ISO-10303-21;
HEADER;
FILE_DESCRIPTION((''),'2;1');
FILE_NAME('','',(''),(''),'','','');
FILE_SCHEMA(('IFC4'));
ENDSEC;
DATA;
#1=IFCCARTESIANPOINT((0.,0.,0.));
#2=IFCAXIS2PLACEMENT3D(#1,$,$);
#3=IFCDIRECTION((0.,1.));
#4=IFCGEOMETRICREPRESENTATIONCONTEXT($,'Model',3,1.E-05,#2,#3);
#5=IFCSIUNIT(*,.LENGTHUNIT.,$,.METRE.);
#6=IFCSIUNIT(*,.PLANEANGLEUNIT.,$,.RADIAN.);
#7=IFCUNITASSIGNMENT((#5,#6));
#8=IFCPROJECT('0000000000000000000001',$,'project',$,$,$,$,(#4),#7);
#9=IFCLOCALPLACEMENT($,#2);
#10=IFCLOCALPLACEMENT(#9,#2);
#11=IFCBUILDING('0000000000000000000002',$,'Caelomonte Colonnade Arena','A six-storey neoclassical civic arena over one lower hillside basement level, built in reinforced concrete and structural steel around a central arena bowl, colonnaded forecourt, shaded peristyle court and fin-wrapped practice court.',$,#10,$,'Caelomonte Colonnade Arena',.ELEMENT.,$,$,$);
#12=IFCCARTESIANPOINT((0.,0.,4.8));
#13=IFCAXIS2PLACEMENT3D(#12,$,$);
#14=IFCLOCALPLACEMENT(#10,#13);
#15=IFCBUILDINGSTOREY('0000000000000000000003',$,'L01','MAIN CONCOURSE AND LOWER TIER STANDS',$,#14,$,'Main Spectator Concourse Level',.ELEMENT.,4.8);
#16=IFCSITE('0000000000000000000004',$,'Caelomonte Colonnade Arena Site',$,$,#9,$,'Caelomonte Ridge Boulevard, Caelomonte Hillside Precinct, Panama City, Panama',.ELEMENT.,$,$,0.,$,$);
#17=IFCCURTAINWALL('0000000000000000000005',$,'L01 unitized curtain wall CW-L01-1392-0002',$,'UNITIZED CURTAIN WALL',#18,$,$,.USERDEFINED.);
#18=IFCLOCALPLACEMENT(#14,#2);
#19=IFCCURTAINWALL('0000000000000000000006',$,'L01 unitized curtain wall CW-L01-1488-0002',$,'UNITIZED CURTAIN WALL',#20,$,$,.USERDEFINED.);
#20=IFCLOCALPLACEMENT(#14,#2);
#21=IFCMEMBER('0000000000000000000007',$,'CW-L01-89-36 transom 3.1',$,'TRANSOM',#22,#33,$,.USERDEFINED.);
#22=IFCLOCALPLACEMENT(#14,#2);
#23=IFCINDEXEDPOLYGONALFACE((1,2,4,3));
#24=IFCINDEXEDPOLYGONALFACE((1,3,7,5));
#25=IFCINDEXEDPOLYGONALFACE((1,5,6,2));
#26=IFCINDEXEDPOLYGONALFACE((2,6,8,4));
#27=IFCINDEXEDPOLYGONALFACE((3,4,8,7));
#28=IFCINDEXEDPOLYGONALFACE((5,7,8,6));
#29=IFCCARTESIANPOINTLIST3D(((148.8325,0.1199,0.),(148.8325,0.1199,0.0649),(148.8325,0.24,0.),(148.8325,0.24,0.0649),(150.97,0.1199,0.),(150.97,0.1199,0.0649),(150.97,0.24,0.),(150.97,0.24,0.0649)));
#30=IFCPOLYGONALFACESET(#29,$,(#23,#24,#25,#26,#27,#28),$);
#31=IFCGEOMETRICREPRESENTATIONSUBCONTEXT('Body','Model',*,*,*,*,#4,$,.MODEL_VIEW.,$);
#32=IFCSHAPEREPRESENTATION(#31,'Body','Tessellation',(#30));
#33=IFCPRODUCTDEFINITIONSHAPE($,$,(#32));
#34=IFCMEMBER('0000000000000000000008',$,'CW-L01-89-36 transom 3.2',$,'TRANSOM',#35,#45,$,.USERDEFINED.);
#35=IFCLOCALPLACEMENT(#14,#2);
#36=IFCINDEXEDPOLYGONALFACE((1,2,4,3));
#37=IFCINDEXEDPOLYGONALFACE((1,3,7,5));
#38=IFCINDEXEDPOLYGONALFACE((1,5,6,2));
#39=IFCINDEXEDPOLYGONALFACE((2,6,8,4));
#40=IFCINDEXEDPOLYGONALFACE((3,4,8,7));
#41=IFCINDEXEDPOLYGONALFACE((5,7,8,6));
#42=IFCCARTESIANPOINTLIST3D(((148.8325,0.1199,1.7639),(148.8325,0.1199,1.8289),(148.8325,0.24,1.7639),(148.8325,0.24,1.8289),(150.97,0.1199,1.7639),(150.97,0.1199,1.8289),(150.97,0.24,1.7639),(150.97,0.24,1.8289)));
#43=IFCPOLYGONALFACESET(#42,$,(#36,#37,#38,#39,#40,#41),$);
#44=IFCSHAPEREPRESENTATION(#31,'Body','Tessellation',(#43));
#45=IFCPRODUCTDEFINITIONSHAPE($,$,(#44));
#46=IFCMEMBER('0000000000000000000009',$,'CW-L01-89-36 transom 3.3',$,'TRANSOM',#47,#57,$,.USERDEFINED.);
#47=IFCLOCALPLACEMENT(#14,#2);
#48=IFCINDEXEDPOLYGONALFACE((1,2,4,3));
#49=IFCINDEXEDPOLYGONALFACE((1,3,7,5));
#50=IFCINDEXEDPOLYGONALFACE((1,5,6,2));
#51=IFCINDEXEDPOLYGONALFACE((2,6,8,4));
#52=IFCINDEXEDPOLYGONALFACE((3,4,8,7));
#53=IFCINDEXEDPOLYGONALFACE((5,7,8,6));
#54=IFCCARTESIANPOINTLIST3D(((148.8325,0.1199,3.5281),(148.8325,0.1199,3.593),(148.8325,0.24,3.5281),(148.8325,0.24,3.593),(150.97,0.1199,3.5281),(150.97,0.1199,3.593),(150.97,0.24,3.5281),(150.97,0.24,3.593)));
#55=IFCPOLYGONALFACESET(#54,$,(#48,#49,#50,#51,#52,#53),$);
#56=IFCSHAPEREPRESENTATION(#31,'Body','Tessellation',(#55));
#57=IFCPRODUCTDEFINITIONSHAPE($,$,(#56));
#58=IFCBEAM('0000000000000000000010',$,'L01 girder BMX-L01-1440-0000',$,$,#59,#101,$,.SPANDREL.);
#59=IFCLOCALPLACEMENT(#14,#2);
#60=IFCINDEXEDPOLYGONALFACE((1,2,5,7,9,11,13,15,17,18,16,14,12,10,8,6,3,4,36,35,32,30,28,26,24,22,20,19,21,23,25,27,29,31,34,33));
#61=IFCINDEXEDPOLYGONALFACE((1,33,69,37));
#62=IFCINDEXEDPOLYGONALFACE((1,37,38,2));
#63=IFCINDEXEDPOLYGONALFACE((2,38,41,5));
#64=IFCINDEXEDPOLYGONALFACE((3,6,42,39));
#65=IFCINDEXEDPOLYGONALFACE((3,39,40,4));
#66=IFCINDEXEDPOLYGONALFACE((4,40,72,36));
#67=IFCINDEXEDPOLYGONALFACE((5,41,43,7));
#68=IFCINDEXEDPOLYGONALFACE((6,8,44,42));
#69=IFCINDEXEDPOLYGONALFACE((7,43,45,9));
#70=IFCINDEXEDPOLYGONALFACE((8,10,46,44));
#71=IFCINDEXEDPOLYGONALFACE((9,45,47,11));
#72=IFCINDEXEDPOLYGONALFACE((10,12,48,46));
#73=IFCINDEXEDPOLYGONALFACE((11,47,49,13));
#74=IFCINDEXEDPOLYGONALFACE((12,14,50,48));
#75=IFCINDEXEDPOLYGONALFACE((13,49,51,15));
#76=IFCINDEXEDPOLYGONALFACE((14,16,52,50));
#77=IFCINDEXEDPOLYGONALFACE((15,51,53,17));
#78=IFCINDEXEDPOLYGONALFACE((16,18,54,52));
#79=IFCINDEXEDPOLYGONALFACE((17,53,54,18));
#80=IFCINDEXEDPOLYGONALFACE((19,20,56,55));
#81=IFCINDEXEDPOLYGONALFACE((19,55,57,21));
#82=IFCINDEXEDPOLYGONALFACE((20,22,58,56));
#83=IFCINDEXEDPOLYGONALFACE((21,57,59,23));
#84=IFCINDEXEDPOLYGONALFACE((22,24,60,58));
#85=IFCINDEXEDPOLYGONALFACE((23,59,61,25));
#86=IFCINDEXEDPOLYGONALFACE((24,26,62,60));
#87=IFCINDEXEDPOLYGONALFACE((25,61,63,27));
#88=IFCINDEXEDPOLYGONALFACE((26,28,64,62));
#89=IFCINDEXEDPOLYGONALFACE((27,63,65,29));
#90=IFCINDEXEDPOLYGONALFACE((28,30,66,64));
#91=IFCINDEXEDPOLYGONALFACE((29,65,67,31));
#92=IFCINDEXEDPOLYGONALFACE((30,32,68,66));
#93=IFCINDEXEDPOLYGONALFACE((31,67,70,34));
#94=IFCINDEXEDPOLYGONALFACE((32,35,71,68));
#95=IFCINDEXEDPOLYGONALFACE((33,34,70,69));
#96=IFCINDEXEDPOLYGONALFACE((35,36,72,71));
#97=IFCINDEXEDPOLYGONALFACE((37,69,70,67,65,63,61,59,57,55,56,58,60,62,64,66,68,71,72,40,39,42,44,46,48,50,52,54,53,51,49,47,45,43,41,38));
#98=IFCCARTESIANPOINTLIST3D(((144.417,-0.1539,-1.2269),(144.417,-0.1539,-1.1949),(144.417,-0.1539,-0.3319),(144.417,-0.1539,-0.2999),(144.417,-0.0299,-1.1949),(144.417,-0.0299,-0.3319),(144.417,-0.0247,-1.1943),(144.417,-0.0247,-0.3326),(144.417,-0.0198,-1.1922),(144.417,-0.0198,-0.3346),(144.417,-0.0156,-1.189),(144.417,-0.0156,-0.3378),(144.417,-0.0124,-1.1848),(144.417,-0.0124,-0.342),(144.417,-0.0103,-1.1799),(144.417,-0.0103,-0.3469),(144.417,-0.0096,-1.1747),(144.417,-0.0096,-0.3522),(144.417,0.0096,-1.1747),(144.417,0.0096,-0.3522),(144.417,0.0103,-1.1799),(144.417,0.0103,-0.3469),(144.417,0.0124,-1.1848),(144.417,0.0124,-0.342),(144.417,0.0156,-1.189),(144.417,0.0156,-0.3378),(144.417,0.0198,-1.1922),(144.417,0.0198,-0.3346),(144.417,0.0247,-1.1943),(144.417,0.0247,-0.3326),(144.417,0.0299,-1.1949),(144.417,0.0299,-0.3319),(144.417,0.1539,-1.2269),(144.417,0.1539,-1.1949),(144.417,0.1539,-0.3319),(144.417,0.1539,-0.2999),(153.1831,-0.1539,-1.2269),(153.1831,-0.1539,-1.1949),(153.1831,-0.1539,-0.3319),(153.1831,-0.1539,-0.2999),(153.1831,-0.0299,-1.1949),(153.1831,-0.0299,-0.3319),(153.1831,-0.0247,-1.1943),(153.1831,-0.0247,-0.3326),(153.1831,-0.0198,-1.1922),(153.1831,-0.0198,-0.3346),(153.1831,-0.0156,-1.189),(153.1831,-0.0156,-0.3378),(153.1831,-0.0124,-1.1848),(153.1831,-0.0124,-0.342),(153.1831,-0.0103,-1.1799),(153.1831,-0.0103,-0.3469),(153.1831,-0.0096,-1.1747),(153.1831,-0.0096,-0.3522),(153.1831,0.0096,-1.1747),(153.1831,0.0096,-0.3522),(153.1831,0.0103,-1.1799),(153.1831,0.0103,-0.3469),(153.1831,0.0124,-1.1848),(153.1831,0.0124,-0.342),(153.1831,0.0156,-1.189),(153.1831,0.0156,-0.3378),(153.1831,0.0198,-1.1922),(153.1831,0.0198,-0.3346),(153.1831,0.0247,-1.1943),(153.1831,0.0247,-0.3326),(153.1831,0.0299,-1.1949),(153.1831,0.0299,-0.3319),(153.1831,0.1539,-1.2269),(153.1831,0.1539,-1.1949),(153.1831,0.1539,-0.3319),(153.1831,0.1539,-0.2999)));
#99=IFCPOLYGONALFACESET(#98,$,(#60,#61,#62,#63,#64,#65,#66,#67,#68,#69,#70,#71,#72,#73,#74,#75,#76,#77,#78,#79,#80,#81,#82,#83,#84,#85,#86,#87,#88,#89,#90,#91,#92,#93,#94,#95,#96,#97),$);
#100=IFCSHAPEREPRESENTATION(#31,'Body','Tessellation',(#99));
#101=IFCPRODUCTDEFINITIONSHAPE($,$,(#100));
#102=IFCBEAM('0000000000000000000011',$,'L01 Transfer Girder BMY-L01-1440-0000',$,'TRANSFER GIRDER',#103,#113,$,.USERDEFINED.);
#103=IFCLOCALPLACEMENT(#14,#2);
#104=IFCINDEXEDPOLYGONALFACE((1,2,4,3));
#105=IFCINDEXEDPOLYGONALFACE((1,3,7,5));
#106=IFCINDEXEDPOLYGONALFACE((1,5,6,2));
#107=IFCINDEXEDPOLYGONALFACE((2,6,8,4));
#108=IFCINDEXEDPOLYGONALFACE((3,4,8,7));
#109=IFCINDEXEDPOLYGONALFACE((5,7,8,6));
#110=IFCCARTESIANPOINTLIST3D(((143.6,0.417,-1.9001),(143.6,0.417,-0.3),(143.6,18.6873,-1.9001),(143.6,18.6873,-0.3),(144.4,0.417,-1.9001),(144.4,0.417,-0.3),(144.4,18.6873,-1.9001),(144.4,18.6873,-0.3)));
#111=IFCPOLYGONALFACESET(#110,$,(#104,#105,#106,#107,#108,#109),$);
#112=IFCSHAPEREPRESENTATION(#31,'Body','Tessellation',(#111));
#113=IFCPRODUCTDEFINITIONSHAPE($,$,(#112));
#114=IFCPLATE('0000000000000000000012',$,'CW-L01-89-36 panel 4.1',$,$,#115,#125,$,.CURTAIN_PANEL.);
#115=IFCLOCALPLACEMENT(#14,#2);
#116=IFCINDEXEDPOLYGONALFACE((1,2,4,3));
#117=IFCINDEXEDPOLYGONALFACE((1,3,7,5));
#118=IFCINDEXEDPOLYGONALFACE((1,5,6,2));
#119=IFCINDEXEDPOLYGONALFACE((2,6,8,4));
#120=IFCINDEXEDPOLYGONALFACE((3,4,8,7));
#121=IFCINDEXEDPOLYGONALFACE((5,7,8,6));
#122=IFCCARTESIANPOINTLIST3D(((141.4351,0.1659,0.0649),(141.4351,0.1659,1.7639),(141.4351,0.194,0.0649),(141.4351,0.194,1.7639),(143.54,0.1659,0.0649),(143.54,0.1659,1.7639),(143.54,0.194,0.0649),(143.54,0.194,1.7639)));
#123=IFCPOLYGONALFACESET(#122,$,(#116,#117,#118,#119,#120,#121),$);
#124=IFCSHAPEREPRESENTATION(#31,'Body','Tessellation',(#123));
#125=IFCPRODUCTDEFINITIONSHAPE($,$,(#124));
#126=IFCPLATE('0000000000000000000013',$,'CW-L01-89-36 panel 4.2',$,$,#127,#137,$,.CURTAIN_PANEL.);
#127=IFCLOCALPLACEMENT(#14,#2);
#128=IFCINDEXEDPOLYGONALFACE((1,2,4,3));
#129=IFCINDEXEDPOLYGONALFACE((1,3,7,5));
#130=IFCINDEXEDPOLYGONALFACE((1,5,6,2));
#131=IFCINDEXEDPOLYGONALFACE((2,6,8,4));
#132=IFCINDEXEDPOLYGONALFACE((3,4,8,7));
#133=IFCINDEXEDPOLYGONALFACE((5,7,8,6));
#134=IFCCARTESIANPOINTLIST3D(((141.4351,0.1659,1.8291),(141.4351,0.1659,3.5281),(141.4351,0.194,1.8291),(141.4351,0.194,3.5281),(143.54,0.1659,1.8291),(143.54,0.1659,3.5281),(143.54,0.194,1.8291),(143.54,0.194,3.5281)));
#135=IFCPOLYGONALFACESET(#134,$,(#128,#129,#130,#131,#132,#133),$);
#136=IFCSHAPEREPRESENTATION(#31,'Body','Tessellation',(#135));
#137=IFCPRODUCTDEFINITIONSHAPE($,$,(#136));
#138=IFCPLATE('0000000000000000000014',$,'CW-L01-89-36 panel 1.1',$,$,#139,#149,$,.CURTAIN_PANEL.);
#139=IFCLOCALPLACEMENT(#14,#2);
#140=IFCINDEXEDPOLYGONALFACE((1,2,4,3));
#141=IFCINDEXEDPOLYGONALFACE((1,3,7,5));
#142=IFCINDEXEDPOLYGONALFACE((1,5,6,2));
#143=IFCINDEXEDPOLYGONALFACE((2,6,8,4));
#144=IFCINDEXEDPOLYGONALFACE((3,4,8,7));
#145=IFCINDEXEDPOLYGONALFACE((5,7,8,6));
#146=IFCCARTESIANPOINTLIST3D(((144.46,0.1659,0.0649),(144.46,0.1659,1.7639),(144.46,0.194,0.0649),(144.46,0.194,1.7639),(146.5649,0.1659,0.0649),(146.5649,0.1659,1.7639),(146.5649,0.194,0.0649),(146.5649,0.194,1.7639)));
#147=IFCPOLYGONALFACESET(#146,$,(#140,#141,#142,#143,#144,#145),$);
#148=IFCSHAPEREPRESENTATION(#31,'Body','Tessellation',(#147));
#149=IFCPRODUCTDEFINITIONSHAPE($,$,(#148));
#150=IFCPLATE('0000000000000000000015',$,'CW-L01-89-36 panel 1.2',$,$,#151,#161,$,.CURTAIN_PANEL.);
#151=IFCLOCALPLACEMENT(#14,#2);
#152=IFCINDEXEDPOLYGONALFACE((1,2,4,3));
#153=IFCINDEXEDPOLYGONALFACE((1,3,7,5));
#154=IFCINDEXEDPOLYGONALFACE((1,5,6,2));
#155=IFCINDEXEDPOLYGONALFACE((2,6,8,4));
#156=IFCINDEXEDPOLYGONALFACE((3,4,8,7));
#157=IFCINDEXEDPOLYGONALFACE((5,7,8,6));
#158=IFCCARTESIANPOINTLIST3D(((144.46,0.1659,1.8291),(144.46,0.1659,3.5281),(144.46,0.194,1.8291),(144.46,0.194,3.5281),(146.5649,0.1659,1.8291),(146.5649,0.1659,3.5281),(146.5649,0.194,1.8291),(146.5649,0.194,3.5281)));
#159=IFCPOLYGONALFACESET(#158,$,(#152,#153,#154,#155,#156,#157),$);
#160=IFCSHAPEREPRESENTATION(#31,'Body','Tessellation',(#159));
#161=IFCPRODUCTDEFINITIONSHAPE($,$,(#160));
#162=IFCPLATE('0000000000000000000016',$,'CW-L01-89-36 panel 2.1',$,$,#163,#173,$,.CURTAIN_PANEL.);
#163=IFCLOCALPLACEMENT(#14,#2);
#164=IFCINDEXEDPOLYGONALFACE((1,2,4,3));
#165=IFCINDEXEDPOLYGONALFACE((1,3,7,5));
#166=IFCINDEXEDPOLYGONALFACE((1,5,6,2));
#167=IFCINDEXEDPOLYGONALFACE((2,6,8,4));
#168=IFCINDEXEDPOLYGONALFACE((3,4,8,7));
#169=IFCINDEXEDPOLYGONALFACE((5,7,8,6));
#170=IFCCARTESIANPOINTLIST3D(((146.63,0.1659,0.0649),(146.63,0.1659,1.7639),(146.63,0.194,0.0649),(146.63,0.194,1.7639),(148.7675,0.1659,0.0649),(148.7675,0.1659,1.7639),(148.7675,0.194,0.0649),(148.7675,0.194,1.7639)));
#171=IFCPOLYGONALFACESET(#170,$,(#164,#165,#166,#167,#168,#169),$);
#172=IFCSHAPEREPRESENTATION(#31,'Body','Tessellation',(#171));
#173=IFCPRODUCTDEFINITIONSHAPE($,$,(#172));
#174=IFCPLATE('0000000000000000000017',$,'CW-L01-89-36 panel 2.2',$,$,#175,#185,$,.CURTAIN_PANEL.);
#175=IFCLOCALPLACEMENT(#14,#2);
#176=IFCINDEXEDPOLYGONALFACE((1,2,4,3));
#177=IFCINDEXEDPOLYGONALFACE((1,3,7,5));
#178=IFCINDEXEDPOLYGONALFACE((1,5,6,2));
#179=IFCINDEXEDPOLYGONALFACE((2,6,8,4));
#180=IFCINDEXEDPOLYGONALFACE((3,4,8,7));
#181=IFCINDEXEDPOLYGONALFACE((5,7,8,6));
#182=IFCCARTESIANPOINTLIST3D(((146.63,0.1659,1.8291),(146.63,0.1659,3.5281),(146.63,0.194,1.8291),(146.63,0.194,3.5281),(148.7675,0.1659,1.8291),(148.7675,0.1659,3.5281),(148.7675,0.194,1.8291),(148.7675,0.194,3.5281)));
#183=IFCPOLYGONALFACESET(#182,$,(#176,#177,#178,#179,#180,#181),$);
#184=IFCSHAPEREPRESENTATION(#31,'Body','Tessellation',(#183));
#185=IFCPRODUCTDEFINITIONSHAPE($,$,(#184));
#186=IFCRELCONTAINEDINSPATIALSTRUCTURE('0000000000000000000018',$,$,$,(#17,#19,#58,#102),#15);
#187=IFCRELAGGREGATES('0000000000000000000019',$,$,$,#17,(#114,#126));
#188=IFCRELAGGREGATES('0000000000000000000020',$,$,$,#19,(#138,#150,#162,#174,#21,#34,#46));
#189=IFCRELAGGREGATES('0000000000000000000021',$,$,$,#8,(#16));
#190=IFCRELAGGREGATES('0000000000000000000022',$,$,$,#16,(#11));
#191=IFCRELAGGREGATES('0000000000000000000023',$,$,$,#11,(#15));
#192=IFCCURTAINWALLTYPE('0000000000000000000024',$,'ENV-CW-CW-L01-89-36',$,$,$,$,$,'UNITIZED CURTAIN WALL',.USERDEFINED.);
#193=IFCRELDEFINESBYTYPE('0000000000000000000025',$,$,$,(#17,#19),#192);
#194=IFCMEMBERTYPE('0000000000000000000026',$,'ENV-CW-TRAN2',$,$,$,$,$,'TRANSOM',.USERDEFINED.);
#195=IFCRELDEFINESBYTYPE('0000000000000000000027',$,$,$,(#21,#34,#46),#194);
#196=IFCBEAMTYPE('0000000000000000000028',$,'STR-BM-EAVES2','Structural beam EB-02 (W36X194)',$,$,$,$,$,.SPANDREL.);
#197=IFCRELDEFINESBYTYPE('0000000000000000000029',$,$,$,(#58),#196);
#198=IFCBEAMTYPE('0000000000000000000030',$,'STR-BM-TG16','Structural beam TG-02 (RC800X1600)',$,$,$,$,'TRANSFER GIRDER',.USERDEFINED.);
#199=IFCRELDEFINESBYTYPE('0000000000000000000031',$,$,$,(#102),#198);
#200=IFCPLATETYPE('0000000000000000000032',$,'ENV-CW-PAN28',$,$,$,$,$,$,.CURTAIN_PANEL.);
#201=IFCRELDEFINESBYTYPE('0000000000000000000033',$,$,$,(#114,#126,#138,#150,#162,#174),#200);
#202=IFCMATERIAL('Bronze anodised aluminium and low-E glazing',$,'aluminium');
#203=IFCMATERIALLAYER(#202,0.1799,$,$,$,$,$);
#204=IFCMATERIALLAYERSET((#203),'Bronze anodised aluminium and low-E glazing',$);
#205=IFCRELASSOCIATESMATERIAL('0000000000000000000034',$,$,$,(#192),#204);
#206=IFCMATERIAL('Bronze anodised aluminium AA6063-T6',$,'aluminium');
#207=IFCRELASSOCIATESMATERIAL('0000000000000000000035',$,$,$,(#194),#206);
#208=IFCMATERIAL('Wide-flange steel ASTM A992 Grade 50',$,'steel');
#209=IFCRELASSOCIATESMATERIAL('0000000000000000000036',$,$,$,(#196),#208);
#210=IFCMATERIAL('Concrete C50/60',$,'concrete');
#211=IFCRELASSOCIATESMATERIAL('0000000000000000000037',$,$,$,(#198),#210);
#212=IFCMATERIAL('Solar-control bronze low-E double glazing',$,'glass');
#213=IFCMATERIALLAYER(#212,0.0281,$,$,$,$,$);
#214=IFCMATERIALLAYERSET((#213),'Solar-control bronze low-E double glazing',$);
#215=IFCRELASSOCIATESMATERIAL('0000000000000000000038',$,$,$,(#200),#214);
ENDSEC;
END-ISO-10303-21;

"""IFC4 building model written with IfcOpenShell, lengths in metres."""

from ifc_helpers import new_model, si_unit, direction, frame, origin, origin_2d, place, context, subcontext, project, spatial, rectangle, i_section, extrude, material, layer, layer_set, material_profile, profile_set, type_object, element, aggregate, save


model = new_model("IFC4")

# Units and contexts
model_context = context("Model", 3, precision=1e-05, world=origin(), true_north=direction((0.0, 1.0)))
body_context = subcontext(model_context, "Body", "Model", "MODEL_VIEW")
ifc_project = project(units=[si_unit("LENGTHUNIT", "METRE"), si_unit("PLANEANGLEUNIT", "RADIAN")], contexts=[model_context])

# Site, building, storey
site_placement = place(None, origin())
site = spatial("IfcSite", under=ifc_project, at=site_placement, Name="Caelomonte Colonnade Arena Site", LongName="Caelomonte Ridge Boulevard, Caelomonte Hillside Precinct, Panama City, Panama", CompositionType="ELEMENT", RefElevation=0.0)
building_placement = place(site_placement, origin())
building = spatial("IfcBuilding", under=site, at=building_placement, Name="Caelomonte Colonnade Arena", Description="A six-storey neoclassical civic arena over one lower hillside basement level, built in reinforced concrete and structural steel around a central arena bowl, colonnaded forecourt, shaded peristyle court and fin-wrapped practice court.", LongName="Caelomonte Colonnade Arena", CompositionType="ELEMENT")
storey_placement = place(building_placement, frame((0.0, 0.0, 4.8)))
storey = spatial("IfcBuildingStorey", under=building, at=storey_placement, Name="L01", Description="MAIN CONCOURSE AND LOWER TIER STANDS", LongName="Main Spectator Concourse Level", CompositionType="ELEMENT", Elevation=4.8)

# Curtain wall
ifc_material_1 = material(Name="Bronze anodised aluminium and low-E glazing", Category="aluminium")
ifc_layer_1 = layer(ifc_material_1, 0.1799)
ifc_layer_set_1 = layer_set([ifc_layer_1], Name="Bronze anodised aluminium and low-E glazing")
curtain_wall_type = type_object("IfcCurtainWallType", Name="ENV-CW-CW-L01-89-36", ElementType="UNITIZED CURTAIN WALL", PredefinedType="USERDEFINED", material=ifc_layer_set_1)
curtain_wall_1_placement = place(storey_placement, origin())
curtain_wall_1 = element("IfcCurtainWall", 1, at=curtain_wall_1_placement, inside=storey, type_object=curtain_wall_type, Name="L01 unitized curtain wall CW-L01-1392-0002", ObjectType="UNITIZED CURTAIN WALL", PredefinedType="USERDEFINED")
ifc_material_2 = material(Name="Bronze anodised aluminium AA6063-T6", Category="aluminium")

# Curtain wall
curtain_wall_2_placement = place(storey_placement, origin())
curtain_wall_2 = element("IfcCurtainWall", 2, at=curtain_wall_2_placement, inside=storey, type_object=curtain_wall_type, Name="L01 unitized curtain wall CW-L01-1488-0002", ObjectType="UNITIZED CURTAIN WALL", PredefinedType="USERDEFINED")

# Members
ifc_material_profile_1 = material_profile(ifc_material_2, rectangle(XDim=0.0649, YDim=0.1201, at=origin_2d()), Name="CWT-65X120")
ifc_profile_set_1 = profile_set([ifc_material_profile_1], Name="Bronze anodised aluminium AA6063-T6")
member_type_1 = type_object("IfcMemberType", Name="ENV-CW-TRAN2", ElementType="TRANSOM", PredefinedType="USERDEFINED", material=ifc_profile_set_1)
member_1_placement = place(storey_placement, frame((148.8325, 0.1799, 0.0325), z_axis=(1.0, 0.0, 0.0), x_axis=(0.0, 0.0, 1.0)))
member_1 = element("IfcMember", 3, at=member_1_placement, type_object=member_type_1, Name="CW-L01-89-36 transom 3.1", ObjectType="TRANSOM", PredefinedType="USERDEFINED", context=body_context, shape_type="SweptSolid", body=[
    extrude(rectangle(XDim=0.0649, YDim=0.1201, at=origin_2d()), origin(), (0.0, 0.0, 1.0), 2.1375),
])
member_2_placement = place(storey_placement, frame((148.8325, 0.1799, 1.7964), z_axis=(1.0, 0.0, 0.0), x_axis=(0.0, 0.0, 1.0)))
member_2 = element("IfcMember", 4, at=member_2_placement, type_object=member_type_1, Name="CW-L01-89-36 transom 3.2", ObjectType="TRANSOM", PredefinedType="USERDEFINED", context=body_context, shape_type="SweptSolid", body=[
    extrude(rectangle(XDim=0.0649, YDim=0.1201, at=origin_2d()), origin(), (0.0, 0.0, 1.0), 2.1375),
])
member_3_placement = place(storey_placement, frame((148.8325, 0.1799, 3.5605), z_axis=(1.0, 0.0, 0.0), x_axis=(0.0, 0.0, 1.0)))
member_3 = element("IfcMember", 5, at=member_3_placement, type_object=member_type_1, Name="CW-L01-89-36 transom 3.3", ObjectType="TRANSOM", PredefinedType="USERDEFINED", context=body_context, shape_type="SweptSolid", body=[
    extrude(rectangle(XDim=0.0649, YDim=0.1201, at=origin_2d()), origin(), (0.0, 0.0, 1.0), 2.1375),
])

# Beams
ifc_material_3 = material(Name="Wide-flange steel ASTM A992 Grade 50", Category="steel")
ifc_material_profile_2 = material_profile(ifc_material_3, i_section(OverallWidth=0.3079, OverallDepth=0.927, WebThickness=0.0193, FlangeThickness=0.032, FilletRadius=0.0203, at=origin_2d()), Name="W36X194")
ifc_profile_set_2 = profile_set([ifc_material_profile_2], Name="Wide-flange steel ASTM A992 Grade 50")
beam_type_1 = type_object("IfcBeamType", Name="STR-BM-EAVES2", Description="Structural beam EB-02 (W36X194)", PredefinedType="SPANDREL", material=ifc_profile_set_2)
beam_1_placement = place(storey_placement, frame((144.417, 0.0, -0.7634), z_axis=(1.0, 0.0, 0.0), x_axis=(0.0, 1.0, 0.0)))
element("IfcBeam", 6, at=beam_1_placement, inside=storey, type_object=beam_type_1, Name="L01 girder BMX-L01-1440-0000", PredefinedType="SPANDREL", context=body_context, shape_type="SweptSolid", body=[
    extrude(i_section(OverallWidth=0.3079, OverallDepth=0.927, WebThickness=0.0193, FlangeThickness=0.032, FilletRadius=0.0203, at=origin_2d()), origin(), (0.0, 0.0, 1.0), 8.7661),
])
ifc_material_4 = material(Name="Concrete C50/60", Category="concrete")
ifc_material_profile_3 = material_profile(ifc_material_4, rectangle(XDim=0.8, YDim=1.6001, at=origin_2d()), Name="RC800X1600")
ifc_profile_set_3 = profile_set([ifc_material_profile_3], Name="Concrete C50/60")
beam_type_2 = type_object("IfcBeamType", Name="STR-BM-TG16", Description="Structural beam TG-02 (RC800X1600)", ElementType="TRANSFER GIRDER", PredefinedType="USERDEFINED", material=ifc_profile_set_3)
beam_2_placement = place(storey_placement, frame((144.0, 0.417, -1.1001), z_axis=(0.0, 1.0, 0.0), x_axis=(-1.0, 0.0, 0.0)))
element("IfcBeam", 7, at=beam_2_placement, inside=storey, type_object=beam_type_2, Name="L01 Transfer Girder BMY-L01-1440-0000", ObjectType="TRANSFER GIRDER", PredefinedType="USERDEFINED", context=body_context, shape_type="SweptSolid", body=[
    extrude(rectangle(XDim=0.8, YDim=1.6001, at=origin_2d()), origin(), (0.0, 0.0, 1.0), 18.2703),
])

# Plates
ifc_material_5 = material(Name="Solar-control bronze low-E double glazing", Category="glass")
ifc_layer_2 = layer(ifc_material_5, 0.0281)
ifc_layer_set_2 = layer_set([ifc_layer_2], Name="Solar-control bronze low-E double glazing")
plate_type = type_object("IfcPlateType", Name="ENV-CW-PAN28", PredefinedType="CURTAIN_PANEL", material=ifc_layer_set_2)
plate_1_placement = place(storey_placement, frame((142.4875, 0.1799, 0.0649), z_axis=(0.0, 0.0, 1.0), x_axis=(1.0, 0.0, 0.0)))
plate_1 = element("IfcPlate", 8, at=plate_1_placement, type_object=plate_type, Name="CW-L01-89-36 panel 4.1", PredefinedType="CURTAIN_PANEL", context=body_context, shape_type="SweptSolid", body=[
    extrude(rectangle(XDim=2.105, YDim=0.0281, at=origin_2d()), origin(), (0.0, 0.0, 1.0), 1.699),
])
plate_2_placement = place(storey_placement, frame((142.4875, 0.1799, 1.8291), z_axis=(0.0, 0.0, 1.0), x_axis=(1.0, 0.0, 0.0)))
plate_2 = element("IfcPlate", 9, at=plate_2_placement, type_object=plate_type, Name="CW-L01-89-36 panel 4.2", PredefinedType="CURTAIN_PANEL", context=body_context, shape_type="SweptSolid", body=[
    extrude(rectangle(XDim=2.105, YDim=0.0281, at=origin_2d()), origin(), (0.0, 0.0, 1.0), 1.699),
])
aggregate(curtain_wall_1, [plate_1, plate_2])
plate_3_placement = place(storey_placement, frame((145.5125, 0.1799, 0.0649), z_axis=(0.0, 0.0, 1.0), x_axis=(1.0, 0.0, 0.0)))
plate_3 = element("IfcPlate", 10, at=plate_3_placement, type_object=plate_type, Name="CW-L01-89-36 panel 1.1", PredefinedType="CURTAIN_PANEL", context=body_context, shape_type="SweptSolid", body=[
    extrude(rectangle(XDim=2.105, YDim=0.0281, at=origin_2d()), origin(), (0.0, 0.0, 1.0), 1.699),
])
plate_4_placement = place(storey_placement, frame((145.5125, 0.1799, 1.8291), z_axis=(0.0, 0.0, 1.0), x_axis=(1.0, 0.0, 0.0)))
plate_4 = element("IfcPlate", 11, at=plate_4_placement, type_object=plate_type, Name="CW-L01-89-36 panel 1.2", PredefinedType="CURTAIN_PANEL", context=body_context, shape_type="SweptSolid", body=[
    extrude(rectangle(XDim=2.105, YDim=0.0281, at=origin_2d()), origin(), (0.0, 0.0, 1.0), 1.699),
])
plate_5_placement = place(storey_placement, frame((147.6987, 0.1799, 0.0649), z_axis=(0.0, 0.0, 1.0), x_axis=(1.0, 0.0, 0.0)))
plate_5 = element("IfcPlate", 12, at=plate_5_placement, type_object=plate_type, Name="CW-L01-89-36 panel 2.1", PredefinedType="CURTAIN_PANEL", context=body_context, shape_type="SweptSolid", body=[
    extrude(rectangle(XDim=2.1375, YDim=0.0281, at=origin_2d()), origin(), (0.0, 0.0, 1.0), 1.699),
])
plate_6_placement = place(storey_placement, frame((147.6987, 0.1799, 1.8291), z_axis=(0.0, 0.0, 1.0), x_axis=(1.0, 0.0, 0.0)))
plate_6 = element("IfcPlate", 13, at=plate_6_placement, type_object=plate_type, Name="CW-L01-89-36 panel 2.2", PredefinedType="CURTAIN_PANEL", context=body_context, shape_type="SweptSolid", body=[
    extrude(rectangle(XDim=2.1375, YDim=0.0281, at=origin_2d()), origin(), (0.0, 0.0, 1.0), 1.699),
])
aggregate(curtain_wall_2, [plate_3, plate_4, plate_5, plate_6, member_1, member_2, member_3])

save(model, "model.ifc")
